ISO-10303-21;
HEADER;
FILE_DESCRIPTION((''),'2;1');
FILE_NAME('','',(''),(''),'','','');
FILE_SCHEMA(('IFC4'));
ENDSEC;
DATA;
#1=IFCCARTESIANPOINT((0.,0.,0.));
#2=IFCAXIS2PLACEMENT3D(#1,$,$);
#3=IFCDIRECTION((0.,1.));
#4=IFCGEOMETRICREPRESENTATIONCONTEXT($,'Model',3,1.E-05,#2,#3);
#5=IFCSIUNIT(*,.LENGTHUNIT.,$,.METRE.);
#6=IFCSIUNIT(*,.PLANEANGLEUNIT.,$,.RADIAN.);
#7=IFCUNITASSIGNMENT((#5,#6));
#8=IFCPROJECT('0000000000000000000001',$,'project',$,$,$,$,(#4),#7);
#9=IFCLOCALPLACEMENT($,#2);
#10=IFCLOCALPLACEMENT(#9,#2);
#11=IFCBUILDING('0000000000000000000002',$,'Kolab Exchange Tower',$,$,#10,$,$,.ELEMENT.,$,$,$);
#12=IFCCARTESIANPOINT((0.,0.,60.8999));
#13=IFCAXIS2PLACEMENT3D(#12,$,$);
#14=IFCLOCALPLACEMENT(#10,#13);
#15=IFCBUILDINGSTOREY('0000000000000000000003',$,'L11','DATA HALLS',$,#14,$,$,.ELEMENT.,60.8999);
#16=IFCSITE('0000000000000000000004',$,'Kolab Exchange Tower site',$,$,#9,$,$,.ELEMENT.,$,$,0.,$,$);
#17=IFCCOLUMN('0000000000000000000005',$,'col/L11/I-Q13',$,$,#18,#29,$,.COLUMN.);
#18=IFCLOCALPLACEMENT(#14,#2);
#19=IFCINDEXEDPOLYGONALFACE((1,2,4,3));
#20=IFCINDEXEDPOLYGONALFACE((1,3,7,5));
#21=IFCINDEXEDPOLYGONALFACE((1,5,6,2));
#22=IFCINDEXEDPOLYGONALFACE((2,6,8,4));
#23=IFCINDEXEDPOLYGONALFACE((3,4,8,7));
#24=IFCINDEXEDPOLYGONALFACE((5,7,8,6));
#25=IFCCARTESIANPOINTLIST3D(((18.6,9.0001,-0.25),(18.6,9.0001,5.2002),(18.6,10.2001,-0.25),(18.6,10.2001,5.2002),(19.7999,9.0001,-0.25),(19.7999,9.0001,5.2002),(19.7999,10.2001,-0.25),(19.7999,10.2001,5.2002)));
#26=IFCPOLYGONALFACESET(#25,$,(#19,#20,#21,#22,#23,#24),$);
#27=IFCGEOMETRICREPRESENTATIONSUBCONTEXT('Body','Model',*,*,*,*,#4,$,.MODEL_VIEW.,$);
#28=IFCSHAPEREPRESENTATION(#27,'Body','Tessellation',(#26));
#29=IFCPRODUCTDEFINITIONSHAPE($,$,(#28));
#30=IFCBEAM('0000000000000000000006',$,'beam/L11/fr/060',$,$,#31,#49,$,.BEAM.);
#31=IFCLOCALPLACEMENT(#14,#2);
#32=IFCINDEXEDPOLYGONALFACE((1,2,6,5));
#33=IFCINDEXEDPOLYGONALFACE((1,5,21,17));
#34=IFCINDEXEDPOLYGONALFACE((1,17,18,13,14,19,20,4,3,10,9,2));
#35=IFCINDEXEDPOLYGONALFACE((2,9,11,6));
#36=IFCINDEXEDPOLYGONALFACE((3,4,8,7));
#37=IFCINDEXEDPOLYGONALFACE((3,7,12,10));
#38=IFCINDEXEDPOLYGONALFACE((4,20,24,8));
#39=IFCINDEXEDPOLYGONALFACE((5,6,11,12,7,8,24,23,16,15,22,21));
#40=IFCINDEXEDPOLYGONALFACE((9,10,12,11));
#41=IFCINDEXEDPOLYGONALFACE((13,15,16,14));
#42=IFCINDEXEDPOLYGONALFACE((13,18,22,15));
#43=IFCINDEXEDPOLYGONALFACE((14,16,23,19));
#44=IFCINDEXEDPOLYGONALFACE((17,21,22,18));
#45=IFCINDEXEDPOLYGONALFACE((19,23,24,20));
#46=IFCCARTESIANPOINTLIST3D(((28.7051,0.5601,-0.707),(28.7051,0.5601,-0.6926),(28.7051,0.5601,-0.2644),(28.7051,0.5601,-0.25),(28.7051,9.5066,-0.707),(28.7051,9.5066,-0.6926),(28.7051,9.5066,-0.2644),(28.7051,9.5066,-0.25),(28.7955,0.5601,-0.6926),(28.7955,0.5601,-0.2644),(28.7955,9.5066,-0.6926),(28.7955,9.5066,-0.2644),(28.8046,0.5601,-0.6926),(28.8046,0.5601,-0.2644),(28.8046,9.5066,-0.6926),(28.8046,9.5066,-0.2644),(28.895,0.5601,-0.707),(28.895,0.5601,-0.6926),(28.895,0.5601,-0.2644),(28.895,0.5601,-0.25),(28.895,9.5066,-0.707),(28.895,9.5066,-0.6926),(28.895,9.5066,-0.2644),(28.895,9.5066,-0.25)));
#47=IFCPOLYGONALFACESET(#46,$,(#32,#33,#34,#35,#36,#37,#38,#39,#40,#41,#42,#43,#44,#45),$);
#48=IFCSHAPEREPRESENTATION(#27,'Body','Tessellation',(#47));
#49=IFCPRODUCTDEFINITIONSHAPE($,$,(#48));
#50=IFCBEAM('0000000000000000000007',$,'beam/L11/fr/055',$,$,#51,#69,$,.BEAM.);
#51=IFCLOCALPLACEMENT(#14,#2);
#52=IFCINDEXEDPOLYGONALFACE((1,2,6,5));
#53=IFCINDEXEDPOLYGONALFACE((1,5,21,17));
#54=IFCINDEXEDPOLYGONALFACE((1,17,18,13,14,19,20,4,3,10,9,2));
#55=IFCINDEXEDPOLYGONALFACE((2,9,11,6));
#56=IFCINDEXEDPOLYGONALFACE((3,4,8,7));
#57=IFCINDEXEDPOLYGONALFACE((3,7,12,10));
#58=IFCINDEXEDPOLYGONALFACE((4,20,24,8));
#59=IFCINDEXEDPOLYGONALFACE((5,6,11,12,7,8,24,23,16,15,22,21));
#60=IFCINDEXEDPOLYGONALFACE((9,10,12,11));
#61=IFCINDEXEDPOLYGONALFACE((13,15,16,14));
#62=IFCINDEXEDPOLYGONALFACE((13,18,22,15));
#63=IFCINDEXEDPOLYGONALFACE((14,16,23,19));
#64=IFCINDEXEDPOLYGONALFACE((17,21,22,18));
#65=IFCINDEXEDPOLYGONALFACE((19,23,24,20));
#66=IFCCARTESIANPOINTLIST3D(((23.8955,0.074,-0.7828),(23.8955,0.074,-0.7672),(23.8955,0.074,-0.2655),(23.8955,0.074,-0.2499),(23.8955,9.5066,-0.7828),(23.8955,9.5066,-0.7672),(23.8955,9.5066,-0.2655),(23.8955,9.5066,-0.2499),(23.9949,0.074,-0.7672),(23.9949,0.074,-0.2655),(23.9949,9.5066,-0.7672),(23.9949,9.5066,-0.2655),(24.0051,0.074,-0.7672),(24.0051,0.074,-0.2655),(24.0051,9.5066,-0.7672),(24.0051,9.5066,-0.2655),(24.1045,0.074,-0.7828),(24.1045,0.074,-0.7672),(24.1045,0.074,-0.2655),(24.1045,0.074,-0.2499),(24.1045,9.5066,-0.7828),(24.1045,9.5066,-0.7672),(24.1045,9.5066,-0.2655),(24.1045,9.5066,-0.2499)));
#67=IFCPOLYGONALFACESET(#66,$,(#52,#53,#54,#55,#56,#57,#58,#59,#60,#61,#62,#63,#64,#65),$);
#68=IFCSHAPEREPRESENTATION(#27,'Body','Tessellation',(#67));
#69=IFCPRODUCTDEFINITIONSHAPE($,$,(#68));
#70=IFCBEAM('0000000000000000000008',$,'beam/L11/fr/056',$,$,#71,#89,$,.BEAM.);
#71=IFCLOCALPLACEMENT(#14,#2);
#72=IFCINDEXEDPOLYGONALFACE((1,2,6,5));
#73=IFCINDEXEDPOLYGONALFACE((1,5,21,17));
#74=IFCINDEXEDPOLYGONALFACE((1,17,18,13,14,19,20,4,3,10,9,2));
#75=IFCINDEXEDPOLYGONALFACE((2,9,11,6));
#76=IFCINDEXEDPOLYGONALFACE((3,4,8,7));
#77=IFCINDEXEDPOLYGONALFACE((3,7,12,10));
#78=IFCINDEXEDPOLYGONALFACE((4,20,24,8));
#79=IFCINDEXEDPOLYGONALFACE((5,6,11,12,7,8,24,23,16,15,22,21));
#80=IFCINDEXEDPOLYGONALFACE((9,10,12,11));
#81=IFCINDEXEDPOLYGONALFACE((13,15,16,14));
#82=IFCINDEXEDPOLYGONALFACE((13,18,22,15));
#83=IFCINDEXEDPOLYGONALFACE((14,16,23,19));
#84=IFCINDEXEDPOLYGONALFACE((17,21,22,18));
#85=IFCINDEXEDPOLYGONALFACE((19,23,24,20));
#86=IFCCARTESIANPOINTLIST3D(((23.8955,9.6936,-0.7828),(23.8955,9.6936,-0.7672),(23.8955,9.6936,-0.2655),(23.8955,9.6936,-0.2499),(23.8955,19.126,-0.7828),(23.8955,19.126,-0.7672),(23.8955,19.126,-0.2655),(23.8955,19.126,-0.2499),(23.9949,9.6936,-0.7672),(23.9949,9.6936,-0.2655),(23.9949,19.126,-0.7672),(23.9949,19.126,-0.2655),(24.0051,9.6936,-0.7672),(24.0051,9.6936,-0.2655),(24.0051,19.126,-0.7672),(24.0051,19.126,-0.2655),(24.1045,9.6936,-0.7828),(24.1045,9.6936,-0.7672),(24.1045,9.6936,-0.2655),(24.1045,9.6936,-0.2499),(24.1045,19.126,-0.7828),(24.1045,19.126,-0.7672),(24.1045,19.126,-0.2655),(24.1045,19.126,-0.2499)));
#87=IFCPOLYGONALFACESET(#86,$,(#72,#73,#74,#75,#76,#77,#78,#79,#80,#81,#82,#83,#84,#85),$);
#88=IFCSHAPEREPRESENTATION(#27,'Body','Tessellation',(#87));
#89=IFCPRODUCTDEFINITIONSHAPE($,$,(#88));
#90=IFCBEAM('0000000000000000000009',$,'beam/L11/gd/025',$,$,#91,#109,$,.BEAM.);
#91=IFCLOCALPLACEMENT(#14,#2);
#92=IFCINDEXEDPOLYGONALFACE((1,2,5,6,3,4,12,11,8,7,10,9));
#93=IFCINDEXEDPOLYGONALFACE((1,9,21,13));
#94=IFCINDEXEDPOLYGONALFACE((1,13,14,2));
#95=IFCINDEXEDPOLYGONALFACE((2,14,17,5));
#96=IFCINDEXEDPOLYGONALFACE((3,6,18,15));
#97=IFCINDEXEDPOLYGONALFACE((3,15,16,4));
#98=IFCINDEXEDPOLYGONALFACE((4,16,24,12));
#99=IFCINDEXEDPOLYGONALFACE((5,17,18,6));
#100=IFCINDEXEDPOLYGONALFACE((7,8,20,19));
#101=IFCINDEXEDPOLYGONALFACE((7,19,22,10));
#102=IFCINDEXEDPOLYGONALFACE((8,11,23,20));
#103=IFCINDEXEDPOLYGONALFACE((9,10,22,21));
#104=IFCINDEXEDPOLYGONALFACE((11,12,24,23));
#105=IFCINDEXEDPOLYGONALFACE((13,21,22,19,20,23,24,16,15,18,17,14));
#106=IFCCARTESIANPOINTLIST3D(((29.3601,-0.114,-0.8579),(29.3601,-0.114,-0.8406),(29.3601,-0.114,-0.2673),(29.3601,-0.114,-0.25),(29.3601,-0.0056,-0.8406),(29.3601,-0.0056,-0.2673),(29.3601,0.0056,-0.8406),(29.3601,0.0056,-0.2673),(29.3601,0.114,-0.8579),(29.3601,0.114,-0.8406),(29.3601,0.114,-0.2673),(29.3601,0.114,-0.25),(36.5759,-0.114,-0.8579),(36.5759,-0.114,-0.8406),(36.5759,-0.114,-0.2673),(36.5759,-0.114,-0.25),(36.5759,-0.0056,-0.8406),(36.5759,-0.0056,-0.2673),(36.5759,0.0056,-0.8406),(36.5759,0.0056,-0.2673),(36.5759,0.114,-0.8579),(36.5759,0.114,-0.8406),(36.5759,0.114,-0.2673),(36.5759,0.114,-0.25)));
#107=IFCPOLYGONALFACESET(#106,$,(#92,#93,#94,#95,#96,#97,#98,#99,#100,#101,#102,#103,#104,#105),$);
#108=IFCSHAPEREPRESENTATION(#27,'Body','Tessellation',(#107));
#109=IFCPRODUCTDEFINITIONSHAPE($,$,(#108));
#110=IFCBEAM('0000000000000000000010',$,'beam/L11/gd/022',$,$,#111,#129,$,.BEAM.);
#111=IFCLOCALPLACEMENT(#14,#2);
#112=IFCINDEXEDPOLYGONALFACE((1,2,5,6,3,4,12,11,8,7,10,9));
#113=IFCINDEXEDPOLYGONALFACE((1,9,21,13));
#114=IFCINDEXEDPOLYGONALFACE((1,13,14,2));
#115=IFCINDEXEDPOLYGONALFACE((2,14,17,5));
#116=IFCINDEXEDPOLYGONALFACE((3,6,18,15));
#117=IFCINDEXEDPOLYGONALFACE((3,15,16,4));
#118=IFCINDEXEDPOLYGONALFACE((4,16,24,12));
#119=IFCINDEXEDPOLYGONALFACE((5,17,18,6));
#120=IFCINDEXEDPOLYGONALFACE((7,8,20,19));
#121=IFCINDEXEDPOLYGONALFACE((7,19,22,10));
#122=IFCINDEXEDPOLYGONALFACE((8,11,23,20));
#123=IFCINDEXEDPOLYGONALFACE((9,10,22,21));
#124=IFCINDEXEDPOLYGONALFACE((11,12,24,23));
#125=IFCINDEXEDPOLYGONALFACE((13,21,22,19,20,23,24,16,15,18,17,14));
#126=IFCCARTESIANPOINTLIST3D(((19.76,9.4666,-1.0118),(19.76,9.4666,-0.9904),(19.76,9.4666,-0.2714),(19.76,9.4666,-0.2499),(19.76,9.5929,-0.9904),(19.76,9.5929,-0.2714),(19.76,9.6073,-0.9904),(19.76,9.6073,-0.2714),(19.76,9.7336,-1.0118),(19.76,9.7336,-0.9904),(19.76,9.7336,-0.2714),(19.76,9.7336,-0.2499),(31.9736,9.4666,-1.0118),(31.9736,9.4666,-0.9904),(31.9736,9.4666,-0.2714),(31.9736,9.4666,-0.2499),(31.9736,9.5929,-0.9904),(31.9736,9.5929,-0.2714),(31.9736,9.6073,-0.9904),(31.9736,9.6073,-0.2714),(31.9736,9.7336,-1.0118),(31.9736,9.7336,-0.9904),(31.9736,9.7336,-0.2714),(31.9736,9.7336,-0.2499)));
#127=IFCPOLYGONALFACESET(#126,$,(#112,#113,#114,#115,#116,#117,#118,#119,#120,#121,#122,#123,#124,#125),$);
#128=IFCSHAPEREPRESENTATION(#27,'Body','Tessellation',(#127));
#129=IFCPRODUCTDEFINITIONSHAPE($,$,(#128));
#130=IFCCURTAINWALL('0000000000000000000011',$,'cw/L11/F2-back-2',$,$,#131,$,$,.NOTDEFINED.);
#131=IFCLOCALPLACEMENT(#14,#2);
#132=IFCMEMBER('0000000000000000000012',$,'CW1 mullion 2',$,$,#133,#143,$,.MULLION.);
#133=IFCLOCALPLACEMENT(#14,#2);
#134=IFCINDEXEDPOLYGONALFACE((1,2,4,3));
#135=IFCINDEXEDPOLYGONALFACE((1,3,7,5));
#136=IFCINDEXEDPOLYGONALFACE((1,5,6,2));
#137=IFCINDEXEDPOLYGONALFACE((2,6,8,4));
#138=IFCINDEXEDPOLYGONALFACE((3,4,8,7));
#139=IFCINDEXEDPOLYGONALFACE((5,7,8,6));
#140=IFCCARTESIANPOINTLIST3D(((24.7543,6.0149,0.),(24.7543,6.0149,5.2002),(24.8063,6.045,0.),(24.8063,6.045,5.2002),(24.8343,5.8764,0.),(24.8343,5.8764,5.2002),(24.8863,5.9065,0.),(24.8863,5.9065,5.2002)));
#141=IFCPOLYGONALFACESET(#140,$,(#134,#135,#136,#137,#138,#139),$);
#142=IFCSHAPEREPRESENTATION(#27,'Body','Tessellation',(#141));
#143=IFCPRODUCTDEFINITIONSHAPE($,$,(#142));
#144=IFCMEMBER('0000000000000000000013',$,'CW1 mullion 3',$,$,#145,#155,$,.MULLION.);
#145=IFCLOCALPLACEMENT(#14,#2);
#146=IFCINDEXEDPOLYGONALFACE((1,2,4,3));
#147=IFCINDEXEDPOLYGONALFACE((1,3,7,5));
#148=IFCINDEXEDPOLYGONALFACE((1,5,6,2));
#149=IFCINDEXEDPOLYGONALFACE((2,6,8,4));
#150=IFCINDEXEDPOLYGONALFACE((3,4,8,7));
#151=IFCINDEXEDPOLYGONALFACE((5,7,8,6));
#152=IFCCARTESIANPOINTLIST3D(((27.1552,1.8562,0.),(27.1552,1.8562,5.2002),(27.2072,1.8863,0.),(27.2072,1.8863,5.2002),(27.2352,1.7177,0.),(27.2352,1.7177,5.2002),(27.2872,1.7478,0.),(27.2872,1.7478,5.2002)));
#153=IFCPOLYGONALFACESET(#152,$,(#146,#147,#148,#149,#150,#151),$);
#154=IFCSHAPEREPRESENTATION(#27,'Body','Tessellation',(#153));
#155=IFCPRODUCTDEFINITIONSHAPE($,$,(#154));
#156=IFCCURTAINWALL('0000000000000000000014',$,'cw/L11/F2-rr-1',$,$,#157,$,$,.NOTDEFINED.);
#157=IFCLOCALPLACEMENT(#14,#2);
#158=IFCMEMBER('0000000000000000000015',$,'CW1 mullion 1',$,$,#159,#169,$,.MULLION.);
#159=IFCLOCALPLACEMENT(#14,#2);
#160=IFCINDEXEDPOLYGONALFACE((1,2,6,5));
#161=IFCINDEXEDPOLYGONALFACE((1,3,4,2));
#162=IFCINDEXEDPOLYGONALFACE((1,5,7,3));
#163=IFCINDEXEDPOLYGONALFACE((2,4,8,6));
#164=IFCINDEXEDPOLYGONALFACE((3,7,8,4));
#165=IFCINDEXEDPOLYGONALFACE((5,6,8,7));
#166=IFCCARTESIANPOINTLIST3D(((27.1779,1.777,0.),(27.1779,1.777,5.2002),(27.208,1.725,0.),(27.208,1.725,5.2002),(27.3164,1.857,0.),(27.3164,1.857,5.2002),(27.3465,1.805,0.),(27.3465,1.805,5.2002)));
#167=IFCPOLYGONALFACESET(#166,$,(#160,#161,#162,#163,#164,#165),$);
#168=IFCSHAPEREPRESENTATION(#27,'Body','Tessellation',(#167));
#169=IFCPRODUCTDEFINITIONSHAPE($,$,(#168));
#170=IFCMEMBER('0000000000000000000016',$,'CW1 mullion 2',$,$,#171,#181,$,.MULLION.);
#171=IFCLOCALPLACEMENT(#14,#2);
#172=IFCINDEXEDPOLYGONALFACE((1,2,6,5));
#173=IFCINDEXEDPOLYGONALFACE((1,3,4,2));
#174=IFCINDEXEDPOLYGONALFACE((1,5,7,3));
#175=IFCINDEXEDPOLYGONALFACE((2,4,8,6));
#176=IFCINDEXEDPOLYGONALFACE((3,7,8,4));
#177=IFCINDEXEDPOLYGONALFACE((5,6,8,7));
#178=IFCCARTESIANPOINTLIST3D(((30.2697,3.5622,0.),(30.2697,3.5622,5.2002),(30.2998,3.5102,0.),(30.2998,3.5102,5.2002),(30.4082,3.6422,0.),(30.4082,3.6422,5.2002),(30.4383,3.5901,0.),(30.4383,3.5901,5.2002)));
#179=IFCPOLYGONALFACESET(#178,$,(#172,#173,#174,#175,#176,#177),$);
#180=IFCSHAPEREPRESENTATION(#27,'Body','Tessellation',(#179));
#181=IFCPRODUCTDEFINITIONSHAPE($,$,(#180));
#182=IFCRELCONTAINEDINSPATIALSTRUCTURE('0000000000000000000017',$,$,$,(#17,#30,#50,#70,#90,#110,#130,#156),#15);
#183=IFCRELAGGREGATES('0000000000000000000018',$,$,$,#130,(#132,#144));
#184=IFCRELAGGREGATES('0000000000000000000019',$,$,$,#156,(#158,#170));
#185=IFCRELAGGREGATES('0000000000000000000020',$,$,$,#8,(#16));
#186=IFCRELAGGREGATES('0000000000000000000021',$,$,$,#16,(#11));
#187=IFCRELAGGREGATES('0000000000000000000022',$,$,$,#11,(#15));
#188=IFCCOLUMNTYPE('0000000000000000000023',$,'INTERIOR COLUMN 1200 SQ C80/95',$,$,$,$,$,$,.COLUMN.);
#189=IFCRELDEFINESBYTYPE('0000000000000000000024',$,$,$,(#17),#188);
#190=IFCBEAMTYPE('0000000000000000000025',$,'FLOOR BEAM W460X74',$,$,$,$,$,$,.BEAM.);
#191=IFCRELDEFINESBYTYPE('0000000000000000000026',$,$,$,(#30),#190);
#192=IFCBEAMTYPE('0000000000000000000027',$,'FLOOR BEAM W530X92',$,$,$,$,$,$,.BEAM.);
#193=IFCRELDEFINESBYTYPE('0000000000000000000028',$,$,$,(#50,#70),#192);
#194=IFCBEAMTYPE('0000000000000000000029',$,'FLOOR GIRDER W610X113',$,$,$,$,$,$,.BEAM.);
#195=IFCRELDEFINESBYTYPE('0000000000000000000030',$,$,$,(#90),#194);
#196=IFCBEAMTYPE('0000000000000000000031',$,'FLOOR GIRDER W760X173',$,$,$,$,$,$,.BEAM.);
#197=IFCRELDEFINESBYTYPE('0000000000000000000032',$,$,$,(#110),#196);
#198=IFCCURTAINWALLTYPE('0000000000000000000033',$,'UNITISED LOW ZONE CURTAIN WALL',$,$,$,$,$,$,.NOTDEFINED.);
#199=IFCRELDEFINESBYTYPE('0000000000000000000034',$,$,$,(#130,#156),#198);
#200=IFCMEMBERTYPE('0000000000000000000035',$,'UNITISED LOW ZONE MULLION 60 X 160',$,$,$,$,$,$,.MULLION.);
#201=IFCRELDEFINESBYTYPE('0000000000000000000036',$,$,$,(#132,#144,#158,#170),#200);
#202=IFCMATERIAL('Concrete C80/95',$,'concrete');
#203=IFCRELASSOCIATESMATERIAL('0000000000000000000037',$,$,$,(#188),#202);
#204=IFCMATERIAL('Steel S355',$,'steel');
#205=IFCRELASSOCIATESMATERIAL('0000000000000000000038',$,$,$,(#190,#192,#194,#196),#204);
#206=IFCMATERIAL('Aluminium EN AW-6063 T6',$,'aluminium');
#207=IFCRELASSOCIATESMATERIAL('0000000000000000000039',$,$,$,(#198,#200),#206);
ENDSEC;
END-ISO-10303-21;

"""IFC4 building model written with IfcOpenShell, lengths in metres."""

from ifc_helpers import new_model, si_unit, direction, frame, origin, origin_2d, place, context, subcontext, project, spatial, rectangle, i_section, extrude, material, material_profile, profile_set, type_object, element, aggregate, save


model = new_model("IFC4")

# Units and contexts
model_context = context("Model", 3, precision=1e-05, world=origin(), true_north=direction((0.0, 1.0)))
body_context = subcontext(model_context, "Body", "Model", "MODEL_VIEW")
ifc_project = project(units=[si_unit("LENGTHUNIT", "METRE"), si_unit("PLANEANGLEUNIT", "RADIAN")], contexts=[model_context])

# Site, building, storey
site_placement = place(None, origin())
site = spatial("IfcSite", under=ifc_project, at=site_placement, Name="Kolab Exchange Tower site", CompositionType="ELEMENT", RefElevation=0.0)
building_placement = place(site_placement, origin())
building = spatial("IfcBuilding", under=site, at=building_placement, Name="Kolab Exchange Tower", CompositionType="ELEMENT")
storey_placement = place(building_placement, frame((0.0, 0.0, 60.8999)))
storey = spatial("IfcBuildingStorey", under=building, at=storey_placement, Name="L11", Description="DATA HALLS", CompositionType="ELEMENT", Elevation=60.8999)

# Column
ifc_material_1 = material(Name="Concrete C80/95", Category="concrete")
ifc_material_profile_1 = material_profile(ifc_material_1, rectangle(XDim=1.2, YDim=1.2, at=origin_2d()), Name="RC1200")
ifc_profile_set_1 = profile_set([ifc_material_profile_1], Name="Concrete C80/95")
column_type = type_object("IfcColumnType", Name="INTERIOR COLUMN 1200 SQ C80/95", PredefinedType="COLUMN", material=ifc_profile_set_1)
column_placement = place(storey_placement, frame((19.2, 9.6001, -0.25), z_axis=(0.0, 0.0, 1.0), x_axis=(1.0, 0.0, 0.0)))
element("IfcColumn", 1, at=column_placement, inside=storey, type_object=column_type, Name="col/L11/I-Q13", PredefinedType="COLUMN", context=body_context, shape_type="SweptSolid", body=[
    extrude(rectangle(XDim=1.2, YDim=1.2, at=origin_2d()), origin(), (0.0, 0.0, 1.0), 5.4502),
])

# Beams
ifc_material_2 = material(Name="Steel S355", Category="steel")
ifc_material_profile_2 = material_profile(ifc_material_2, i_section(OverallWidth=0.1899, OverallDepth=0.457, WebThickness=0.009, FlangeThickness=0.0144, at=origin_2d()), Name="W460X74")
ifc_profile_set_2 = profile_set([ifc_material_profile_2], Name="Steel S355")
beam_type_1 = type_object("IfcBeamType", Name="FLOOR BEAM W460X74", PredefinedType="BEAM", material=ifc_profile_set_2)
beam_1_placement = place(storey_placement, frame((28.8, 0.5601, -0.4785), z_axis=(0.0, 1.0, 0.0), x_axis=(-1.0, 0.0, 0.0)))
element("IfcBeam", 2, at=beam_1_placement, inside=storey, type_object=beam_type_1, Name="beam/L11/fr/060", PredefinedType="BEAM", context=body_context, shape_type="SweptSolid", body=[
    extrude(i_section(OverallWidth=0.1899, OverallDepth=0.457, WebThickness=0.009, FlangeThickness=0.0144, at=origin_2d()), origin(), (0.0, 0.0, 1.0), 8.9465),
])
ifc_material_profile_3 = material_profile(ifc_material_2, i_section(OverallWidth=0.209, OverallDepth=0.533, WebThickness=0.0103, FlangeThickness=0.0156, at=origin_2d()), Name="W530X92")
ifc_profile_set_3 = profile_set([ifc_material_profile_3], Name="Steel S355")
beam_type_2 = type_object("IfcBeamType", Name="FLOOR BEAM W530X92", PredefinedType="BEAM", material=ifc_profile_set_3)
beam_2_placement = place(storey_placement, frame((24.0, 0.074, -0.5164), z_axis=(0.0, 1.0, 0.0), x_axis=(-1.0, 0.0, 0.0)))
element("IfcBeam", 3, at=beam_2_placement, inside=storey, type_object=beam_type_2, Name="beam/L11/fr/055", PredefinedType="BEAM", context=body_context, shape_type="SweptSolid", body=[
    extrude(i_section(OverallWidth=0.209, OverallDepth=0.533, WebThickness=0.0103, FlangeThickness=0.0156, at=origin_2d()), origin(), (0.0, 0.0, 1.0), 9.4326),
])
beam_3_placement = place(storey_placement, frame((24.0, 9.6936, -0.5164), z_axis=(0.0, 1.0, 0.0), x_axis=(-1.0, 0.0, 0.0)))
element("IfcBeam", 4, at=beam_3_placement, inside=storey, type_object=beam_type_2, Name="beam/L11/fr/056", PredefinedType="BEAM", context=body_context, shape_type="SweptSolid", body=[
    extrude(i_section(OverallWidth=0.209, OverallDepth=0.533, WebThickness=0.0103, FlangeThickness=0.0156, at=origin_2d()), origin(), (0.0, 0.0, 1.0), 9.4324),
])
ifc_material_profile_4 = material_profile(ifc_material_2, i_section(OverallWidth=0.228, OverallDepth=0.6079, WebThickness=0.0112, FlangeThickness=0.0173, at=origin_2d()), Name="W610X113")
ifc_profile_set_4 = profile_set([ifc_material_profile_4], Name="Steel S355")
beam_type_3 = type_object("IfcBeamType", Name="FLOOR GIRDER W610X113", PredefinedType="BEAM", material=ifc_profile_set_4)
beam_4_placement = place(storey_placement, frame((29.3601, 0.0, -0.554), z_axis=(1.0, 0.0, 0.0), x_axis=(0.0, 1.0, 0.0)))
element("IfcBeam", 5, at=beam_4_placement, inside=storey, type_object=beam_type_3, Name="beam/L11/gd/025", PredefinedType="BEAM", context=body_context, shape_type="SweptSolid", body=[
    extrude(i_section(OverallWidth=0.228, OverallDepth=0.6079, WebThickness=0.0112, FlangeThickness=0.0173, at=origin_2d()), origin(), (0.0, 0.0, 1.0), 7.2158),
])
ifc_material_profile_5 = material_profile(ifc_material_2, i_section(OverallWidth=0.2671, OverallDepth=0.762, WebThickness=0.0144, FlangeThickness=0.0215, at=origin_2d()), Name="W760X173")
ifc_profile_set_5 = profile_set([ifc_material_profile_5], Name="Steel S355")
beam_type_4 = type_object("IfcBeamType", Name="FLOOR GIRDER W760X173", PredefinedType="BEAM", material=ifc_profile_set_5)
beam_5_placement = place(storey_placement, frame((19.76, 9.6001, -0.6309), z_axis=(1.0, 0.0, 0.0), x_axis=(0.0, 1.0, 0.0)))
element("IfcBeam", 6, at=beam_5_placement, inside=storey, type_object=beam_type_4, Name="beam/L11/gd/022", PredefinedType="BEAM", context=body_context, shape_type="SweptSolid", body=[
    extrude(i_section(OverallWidth=0.2671, OverallDepth=0.762, WebThickness=0.0144, FlangeThickness=0.0215, at=origin_2d()), origin(), (0.0, 0.0, 1.0), 12.2136),
])

# Curtain walls, members
ifc_material_3 = material(Name="Aluminium EN AW-6063 T6", Category="aluminium")
curtain_wall_type = type_object("IfcCurtainWallType", Name="UNITISED LOW ZONE CURTAIN WALL", PredefinedType="NOTDEFINED", material=ifc_material_3)
curtain_wall_1_placement = place(storey_placement, origin())
curtain_wall_1 = element("IfcCurtainWall", 7, at=curtain_wall_1_placement, inside=storey, type_object=curtain_wall_type, Name="cw/L11/F2-back-2", PredefinedType="NOTDEFINED")
ifc_material_profile_6 = material_profile(ifc_material_3, rectangle(XDim=0.0601, YDim=0.1599, at=origin_2d()), Name="RECT 60X160")
ifc_profile_set_6 = profile_set([ifc_material_profile_6], Name="Aluminium EN AW-6063 T6")
member_type_1 = type_object("IfcMemberType", Name="UNITISED LOW ZONE MULLION 60 X 160", PredefinedType="MULLION", material=ifc_profile_set_6)
member_1_placement = place(storey_placement, frame((24.8203, 5.9607, 0.0), z_axis=(0.0, 0.0, 1.0), x_axis=(0.866025, 0.5, 0.0)))
member_1 = element("IfcMember", 8, at=member_1_placement, type_object=member_type_1, Name="CW1 mullion 2", PredefinedType="MULLION", context=body_context, shape_type="SweptSolid", body=[
    extrude(rectangle(XDim=0.0601, YDim=0.1599, at=origin_2d()), origin(), (0.0, 0.0, 1.0), 5.2002),
])
member_2_placement = place(storey_placement, frame((27.2212, 1.802, 0.0), z_axis=(0.0, 0.0, 1.0), x_axis=(0.866025, 0.5, 0.0)))
member_2 = element("IfcMember", 9, at=member_2_placement, type_object=member_type_1, Name="CW1 mullion 3", PredefinedType="MULLION", context=body_context, shape_type="SweptSolid", body=[
    extrude(rectangle(XDim=0.0601, YDim=0.1599, at=origin_2d()), origin(), (0.0, 0.0, 1.0), 5.2002),
])
curtain_wall_2_placement = place(storey_placement, origin())
curtain_wall_2 = element("IfcCurtainWall", 10, at=curtain_wall_2_placement, inside=storey, type_object=curtain_wall_type, Name="cw/L11/F2-rr-1", PredefinedType="NOTDEFINED")
member_3_placement = place(storey_placement, frame((27.2622, 1.791, 0.0), z_axis=(0.0, 0.0, 1.0), x_axis=(-0.5, 0.866025, 0.0)))
member_3 = element("IfcMember", 11, at=member_3_placement, type_object=member_type_1, Name="CW1 mullion 1", PredefinedType="MULLION", context=body_context, shape_type="SweptSolid", body=[
    extrude(rectangle(XDim=0.0601, YDim=0.1599, at=origin_2d()), origin(), (0.0, 0.0, 1.0), 5.2002),
])
member_4_placement = place(storey_placement, frame((30.354, 3.5762, 0.0), z_axis=(0.0, 0.0, 1.0), x_axis=(-0.5, 0.866025, 0.0)))
member_4 = element("IfcMember", 12, at=member_4_placement, type_object=member_type_1, Name="CW1 mullion 2", PredefinedType="MULLION", context=body_context, shape_type="SweptSolid", body=[
    extrude(rectangle(XDim=0.0601, YDim=0.1599, at=origin_2d()), origin(), (0.0, 0.0, 1.0), 5.2002),
])

aggregate(curtain_wall_1, [member_1, member_2])
aggregate(curtain_wall_2, [member_3, member_4])

save(model, "model.ifc")
